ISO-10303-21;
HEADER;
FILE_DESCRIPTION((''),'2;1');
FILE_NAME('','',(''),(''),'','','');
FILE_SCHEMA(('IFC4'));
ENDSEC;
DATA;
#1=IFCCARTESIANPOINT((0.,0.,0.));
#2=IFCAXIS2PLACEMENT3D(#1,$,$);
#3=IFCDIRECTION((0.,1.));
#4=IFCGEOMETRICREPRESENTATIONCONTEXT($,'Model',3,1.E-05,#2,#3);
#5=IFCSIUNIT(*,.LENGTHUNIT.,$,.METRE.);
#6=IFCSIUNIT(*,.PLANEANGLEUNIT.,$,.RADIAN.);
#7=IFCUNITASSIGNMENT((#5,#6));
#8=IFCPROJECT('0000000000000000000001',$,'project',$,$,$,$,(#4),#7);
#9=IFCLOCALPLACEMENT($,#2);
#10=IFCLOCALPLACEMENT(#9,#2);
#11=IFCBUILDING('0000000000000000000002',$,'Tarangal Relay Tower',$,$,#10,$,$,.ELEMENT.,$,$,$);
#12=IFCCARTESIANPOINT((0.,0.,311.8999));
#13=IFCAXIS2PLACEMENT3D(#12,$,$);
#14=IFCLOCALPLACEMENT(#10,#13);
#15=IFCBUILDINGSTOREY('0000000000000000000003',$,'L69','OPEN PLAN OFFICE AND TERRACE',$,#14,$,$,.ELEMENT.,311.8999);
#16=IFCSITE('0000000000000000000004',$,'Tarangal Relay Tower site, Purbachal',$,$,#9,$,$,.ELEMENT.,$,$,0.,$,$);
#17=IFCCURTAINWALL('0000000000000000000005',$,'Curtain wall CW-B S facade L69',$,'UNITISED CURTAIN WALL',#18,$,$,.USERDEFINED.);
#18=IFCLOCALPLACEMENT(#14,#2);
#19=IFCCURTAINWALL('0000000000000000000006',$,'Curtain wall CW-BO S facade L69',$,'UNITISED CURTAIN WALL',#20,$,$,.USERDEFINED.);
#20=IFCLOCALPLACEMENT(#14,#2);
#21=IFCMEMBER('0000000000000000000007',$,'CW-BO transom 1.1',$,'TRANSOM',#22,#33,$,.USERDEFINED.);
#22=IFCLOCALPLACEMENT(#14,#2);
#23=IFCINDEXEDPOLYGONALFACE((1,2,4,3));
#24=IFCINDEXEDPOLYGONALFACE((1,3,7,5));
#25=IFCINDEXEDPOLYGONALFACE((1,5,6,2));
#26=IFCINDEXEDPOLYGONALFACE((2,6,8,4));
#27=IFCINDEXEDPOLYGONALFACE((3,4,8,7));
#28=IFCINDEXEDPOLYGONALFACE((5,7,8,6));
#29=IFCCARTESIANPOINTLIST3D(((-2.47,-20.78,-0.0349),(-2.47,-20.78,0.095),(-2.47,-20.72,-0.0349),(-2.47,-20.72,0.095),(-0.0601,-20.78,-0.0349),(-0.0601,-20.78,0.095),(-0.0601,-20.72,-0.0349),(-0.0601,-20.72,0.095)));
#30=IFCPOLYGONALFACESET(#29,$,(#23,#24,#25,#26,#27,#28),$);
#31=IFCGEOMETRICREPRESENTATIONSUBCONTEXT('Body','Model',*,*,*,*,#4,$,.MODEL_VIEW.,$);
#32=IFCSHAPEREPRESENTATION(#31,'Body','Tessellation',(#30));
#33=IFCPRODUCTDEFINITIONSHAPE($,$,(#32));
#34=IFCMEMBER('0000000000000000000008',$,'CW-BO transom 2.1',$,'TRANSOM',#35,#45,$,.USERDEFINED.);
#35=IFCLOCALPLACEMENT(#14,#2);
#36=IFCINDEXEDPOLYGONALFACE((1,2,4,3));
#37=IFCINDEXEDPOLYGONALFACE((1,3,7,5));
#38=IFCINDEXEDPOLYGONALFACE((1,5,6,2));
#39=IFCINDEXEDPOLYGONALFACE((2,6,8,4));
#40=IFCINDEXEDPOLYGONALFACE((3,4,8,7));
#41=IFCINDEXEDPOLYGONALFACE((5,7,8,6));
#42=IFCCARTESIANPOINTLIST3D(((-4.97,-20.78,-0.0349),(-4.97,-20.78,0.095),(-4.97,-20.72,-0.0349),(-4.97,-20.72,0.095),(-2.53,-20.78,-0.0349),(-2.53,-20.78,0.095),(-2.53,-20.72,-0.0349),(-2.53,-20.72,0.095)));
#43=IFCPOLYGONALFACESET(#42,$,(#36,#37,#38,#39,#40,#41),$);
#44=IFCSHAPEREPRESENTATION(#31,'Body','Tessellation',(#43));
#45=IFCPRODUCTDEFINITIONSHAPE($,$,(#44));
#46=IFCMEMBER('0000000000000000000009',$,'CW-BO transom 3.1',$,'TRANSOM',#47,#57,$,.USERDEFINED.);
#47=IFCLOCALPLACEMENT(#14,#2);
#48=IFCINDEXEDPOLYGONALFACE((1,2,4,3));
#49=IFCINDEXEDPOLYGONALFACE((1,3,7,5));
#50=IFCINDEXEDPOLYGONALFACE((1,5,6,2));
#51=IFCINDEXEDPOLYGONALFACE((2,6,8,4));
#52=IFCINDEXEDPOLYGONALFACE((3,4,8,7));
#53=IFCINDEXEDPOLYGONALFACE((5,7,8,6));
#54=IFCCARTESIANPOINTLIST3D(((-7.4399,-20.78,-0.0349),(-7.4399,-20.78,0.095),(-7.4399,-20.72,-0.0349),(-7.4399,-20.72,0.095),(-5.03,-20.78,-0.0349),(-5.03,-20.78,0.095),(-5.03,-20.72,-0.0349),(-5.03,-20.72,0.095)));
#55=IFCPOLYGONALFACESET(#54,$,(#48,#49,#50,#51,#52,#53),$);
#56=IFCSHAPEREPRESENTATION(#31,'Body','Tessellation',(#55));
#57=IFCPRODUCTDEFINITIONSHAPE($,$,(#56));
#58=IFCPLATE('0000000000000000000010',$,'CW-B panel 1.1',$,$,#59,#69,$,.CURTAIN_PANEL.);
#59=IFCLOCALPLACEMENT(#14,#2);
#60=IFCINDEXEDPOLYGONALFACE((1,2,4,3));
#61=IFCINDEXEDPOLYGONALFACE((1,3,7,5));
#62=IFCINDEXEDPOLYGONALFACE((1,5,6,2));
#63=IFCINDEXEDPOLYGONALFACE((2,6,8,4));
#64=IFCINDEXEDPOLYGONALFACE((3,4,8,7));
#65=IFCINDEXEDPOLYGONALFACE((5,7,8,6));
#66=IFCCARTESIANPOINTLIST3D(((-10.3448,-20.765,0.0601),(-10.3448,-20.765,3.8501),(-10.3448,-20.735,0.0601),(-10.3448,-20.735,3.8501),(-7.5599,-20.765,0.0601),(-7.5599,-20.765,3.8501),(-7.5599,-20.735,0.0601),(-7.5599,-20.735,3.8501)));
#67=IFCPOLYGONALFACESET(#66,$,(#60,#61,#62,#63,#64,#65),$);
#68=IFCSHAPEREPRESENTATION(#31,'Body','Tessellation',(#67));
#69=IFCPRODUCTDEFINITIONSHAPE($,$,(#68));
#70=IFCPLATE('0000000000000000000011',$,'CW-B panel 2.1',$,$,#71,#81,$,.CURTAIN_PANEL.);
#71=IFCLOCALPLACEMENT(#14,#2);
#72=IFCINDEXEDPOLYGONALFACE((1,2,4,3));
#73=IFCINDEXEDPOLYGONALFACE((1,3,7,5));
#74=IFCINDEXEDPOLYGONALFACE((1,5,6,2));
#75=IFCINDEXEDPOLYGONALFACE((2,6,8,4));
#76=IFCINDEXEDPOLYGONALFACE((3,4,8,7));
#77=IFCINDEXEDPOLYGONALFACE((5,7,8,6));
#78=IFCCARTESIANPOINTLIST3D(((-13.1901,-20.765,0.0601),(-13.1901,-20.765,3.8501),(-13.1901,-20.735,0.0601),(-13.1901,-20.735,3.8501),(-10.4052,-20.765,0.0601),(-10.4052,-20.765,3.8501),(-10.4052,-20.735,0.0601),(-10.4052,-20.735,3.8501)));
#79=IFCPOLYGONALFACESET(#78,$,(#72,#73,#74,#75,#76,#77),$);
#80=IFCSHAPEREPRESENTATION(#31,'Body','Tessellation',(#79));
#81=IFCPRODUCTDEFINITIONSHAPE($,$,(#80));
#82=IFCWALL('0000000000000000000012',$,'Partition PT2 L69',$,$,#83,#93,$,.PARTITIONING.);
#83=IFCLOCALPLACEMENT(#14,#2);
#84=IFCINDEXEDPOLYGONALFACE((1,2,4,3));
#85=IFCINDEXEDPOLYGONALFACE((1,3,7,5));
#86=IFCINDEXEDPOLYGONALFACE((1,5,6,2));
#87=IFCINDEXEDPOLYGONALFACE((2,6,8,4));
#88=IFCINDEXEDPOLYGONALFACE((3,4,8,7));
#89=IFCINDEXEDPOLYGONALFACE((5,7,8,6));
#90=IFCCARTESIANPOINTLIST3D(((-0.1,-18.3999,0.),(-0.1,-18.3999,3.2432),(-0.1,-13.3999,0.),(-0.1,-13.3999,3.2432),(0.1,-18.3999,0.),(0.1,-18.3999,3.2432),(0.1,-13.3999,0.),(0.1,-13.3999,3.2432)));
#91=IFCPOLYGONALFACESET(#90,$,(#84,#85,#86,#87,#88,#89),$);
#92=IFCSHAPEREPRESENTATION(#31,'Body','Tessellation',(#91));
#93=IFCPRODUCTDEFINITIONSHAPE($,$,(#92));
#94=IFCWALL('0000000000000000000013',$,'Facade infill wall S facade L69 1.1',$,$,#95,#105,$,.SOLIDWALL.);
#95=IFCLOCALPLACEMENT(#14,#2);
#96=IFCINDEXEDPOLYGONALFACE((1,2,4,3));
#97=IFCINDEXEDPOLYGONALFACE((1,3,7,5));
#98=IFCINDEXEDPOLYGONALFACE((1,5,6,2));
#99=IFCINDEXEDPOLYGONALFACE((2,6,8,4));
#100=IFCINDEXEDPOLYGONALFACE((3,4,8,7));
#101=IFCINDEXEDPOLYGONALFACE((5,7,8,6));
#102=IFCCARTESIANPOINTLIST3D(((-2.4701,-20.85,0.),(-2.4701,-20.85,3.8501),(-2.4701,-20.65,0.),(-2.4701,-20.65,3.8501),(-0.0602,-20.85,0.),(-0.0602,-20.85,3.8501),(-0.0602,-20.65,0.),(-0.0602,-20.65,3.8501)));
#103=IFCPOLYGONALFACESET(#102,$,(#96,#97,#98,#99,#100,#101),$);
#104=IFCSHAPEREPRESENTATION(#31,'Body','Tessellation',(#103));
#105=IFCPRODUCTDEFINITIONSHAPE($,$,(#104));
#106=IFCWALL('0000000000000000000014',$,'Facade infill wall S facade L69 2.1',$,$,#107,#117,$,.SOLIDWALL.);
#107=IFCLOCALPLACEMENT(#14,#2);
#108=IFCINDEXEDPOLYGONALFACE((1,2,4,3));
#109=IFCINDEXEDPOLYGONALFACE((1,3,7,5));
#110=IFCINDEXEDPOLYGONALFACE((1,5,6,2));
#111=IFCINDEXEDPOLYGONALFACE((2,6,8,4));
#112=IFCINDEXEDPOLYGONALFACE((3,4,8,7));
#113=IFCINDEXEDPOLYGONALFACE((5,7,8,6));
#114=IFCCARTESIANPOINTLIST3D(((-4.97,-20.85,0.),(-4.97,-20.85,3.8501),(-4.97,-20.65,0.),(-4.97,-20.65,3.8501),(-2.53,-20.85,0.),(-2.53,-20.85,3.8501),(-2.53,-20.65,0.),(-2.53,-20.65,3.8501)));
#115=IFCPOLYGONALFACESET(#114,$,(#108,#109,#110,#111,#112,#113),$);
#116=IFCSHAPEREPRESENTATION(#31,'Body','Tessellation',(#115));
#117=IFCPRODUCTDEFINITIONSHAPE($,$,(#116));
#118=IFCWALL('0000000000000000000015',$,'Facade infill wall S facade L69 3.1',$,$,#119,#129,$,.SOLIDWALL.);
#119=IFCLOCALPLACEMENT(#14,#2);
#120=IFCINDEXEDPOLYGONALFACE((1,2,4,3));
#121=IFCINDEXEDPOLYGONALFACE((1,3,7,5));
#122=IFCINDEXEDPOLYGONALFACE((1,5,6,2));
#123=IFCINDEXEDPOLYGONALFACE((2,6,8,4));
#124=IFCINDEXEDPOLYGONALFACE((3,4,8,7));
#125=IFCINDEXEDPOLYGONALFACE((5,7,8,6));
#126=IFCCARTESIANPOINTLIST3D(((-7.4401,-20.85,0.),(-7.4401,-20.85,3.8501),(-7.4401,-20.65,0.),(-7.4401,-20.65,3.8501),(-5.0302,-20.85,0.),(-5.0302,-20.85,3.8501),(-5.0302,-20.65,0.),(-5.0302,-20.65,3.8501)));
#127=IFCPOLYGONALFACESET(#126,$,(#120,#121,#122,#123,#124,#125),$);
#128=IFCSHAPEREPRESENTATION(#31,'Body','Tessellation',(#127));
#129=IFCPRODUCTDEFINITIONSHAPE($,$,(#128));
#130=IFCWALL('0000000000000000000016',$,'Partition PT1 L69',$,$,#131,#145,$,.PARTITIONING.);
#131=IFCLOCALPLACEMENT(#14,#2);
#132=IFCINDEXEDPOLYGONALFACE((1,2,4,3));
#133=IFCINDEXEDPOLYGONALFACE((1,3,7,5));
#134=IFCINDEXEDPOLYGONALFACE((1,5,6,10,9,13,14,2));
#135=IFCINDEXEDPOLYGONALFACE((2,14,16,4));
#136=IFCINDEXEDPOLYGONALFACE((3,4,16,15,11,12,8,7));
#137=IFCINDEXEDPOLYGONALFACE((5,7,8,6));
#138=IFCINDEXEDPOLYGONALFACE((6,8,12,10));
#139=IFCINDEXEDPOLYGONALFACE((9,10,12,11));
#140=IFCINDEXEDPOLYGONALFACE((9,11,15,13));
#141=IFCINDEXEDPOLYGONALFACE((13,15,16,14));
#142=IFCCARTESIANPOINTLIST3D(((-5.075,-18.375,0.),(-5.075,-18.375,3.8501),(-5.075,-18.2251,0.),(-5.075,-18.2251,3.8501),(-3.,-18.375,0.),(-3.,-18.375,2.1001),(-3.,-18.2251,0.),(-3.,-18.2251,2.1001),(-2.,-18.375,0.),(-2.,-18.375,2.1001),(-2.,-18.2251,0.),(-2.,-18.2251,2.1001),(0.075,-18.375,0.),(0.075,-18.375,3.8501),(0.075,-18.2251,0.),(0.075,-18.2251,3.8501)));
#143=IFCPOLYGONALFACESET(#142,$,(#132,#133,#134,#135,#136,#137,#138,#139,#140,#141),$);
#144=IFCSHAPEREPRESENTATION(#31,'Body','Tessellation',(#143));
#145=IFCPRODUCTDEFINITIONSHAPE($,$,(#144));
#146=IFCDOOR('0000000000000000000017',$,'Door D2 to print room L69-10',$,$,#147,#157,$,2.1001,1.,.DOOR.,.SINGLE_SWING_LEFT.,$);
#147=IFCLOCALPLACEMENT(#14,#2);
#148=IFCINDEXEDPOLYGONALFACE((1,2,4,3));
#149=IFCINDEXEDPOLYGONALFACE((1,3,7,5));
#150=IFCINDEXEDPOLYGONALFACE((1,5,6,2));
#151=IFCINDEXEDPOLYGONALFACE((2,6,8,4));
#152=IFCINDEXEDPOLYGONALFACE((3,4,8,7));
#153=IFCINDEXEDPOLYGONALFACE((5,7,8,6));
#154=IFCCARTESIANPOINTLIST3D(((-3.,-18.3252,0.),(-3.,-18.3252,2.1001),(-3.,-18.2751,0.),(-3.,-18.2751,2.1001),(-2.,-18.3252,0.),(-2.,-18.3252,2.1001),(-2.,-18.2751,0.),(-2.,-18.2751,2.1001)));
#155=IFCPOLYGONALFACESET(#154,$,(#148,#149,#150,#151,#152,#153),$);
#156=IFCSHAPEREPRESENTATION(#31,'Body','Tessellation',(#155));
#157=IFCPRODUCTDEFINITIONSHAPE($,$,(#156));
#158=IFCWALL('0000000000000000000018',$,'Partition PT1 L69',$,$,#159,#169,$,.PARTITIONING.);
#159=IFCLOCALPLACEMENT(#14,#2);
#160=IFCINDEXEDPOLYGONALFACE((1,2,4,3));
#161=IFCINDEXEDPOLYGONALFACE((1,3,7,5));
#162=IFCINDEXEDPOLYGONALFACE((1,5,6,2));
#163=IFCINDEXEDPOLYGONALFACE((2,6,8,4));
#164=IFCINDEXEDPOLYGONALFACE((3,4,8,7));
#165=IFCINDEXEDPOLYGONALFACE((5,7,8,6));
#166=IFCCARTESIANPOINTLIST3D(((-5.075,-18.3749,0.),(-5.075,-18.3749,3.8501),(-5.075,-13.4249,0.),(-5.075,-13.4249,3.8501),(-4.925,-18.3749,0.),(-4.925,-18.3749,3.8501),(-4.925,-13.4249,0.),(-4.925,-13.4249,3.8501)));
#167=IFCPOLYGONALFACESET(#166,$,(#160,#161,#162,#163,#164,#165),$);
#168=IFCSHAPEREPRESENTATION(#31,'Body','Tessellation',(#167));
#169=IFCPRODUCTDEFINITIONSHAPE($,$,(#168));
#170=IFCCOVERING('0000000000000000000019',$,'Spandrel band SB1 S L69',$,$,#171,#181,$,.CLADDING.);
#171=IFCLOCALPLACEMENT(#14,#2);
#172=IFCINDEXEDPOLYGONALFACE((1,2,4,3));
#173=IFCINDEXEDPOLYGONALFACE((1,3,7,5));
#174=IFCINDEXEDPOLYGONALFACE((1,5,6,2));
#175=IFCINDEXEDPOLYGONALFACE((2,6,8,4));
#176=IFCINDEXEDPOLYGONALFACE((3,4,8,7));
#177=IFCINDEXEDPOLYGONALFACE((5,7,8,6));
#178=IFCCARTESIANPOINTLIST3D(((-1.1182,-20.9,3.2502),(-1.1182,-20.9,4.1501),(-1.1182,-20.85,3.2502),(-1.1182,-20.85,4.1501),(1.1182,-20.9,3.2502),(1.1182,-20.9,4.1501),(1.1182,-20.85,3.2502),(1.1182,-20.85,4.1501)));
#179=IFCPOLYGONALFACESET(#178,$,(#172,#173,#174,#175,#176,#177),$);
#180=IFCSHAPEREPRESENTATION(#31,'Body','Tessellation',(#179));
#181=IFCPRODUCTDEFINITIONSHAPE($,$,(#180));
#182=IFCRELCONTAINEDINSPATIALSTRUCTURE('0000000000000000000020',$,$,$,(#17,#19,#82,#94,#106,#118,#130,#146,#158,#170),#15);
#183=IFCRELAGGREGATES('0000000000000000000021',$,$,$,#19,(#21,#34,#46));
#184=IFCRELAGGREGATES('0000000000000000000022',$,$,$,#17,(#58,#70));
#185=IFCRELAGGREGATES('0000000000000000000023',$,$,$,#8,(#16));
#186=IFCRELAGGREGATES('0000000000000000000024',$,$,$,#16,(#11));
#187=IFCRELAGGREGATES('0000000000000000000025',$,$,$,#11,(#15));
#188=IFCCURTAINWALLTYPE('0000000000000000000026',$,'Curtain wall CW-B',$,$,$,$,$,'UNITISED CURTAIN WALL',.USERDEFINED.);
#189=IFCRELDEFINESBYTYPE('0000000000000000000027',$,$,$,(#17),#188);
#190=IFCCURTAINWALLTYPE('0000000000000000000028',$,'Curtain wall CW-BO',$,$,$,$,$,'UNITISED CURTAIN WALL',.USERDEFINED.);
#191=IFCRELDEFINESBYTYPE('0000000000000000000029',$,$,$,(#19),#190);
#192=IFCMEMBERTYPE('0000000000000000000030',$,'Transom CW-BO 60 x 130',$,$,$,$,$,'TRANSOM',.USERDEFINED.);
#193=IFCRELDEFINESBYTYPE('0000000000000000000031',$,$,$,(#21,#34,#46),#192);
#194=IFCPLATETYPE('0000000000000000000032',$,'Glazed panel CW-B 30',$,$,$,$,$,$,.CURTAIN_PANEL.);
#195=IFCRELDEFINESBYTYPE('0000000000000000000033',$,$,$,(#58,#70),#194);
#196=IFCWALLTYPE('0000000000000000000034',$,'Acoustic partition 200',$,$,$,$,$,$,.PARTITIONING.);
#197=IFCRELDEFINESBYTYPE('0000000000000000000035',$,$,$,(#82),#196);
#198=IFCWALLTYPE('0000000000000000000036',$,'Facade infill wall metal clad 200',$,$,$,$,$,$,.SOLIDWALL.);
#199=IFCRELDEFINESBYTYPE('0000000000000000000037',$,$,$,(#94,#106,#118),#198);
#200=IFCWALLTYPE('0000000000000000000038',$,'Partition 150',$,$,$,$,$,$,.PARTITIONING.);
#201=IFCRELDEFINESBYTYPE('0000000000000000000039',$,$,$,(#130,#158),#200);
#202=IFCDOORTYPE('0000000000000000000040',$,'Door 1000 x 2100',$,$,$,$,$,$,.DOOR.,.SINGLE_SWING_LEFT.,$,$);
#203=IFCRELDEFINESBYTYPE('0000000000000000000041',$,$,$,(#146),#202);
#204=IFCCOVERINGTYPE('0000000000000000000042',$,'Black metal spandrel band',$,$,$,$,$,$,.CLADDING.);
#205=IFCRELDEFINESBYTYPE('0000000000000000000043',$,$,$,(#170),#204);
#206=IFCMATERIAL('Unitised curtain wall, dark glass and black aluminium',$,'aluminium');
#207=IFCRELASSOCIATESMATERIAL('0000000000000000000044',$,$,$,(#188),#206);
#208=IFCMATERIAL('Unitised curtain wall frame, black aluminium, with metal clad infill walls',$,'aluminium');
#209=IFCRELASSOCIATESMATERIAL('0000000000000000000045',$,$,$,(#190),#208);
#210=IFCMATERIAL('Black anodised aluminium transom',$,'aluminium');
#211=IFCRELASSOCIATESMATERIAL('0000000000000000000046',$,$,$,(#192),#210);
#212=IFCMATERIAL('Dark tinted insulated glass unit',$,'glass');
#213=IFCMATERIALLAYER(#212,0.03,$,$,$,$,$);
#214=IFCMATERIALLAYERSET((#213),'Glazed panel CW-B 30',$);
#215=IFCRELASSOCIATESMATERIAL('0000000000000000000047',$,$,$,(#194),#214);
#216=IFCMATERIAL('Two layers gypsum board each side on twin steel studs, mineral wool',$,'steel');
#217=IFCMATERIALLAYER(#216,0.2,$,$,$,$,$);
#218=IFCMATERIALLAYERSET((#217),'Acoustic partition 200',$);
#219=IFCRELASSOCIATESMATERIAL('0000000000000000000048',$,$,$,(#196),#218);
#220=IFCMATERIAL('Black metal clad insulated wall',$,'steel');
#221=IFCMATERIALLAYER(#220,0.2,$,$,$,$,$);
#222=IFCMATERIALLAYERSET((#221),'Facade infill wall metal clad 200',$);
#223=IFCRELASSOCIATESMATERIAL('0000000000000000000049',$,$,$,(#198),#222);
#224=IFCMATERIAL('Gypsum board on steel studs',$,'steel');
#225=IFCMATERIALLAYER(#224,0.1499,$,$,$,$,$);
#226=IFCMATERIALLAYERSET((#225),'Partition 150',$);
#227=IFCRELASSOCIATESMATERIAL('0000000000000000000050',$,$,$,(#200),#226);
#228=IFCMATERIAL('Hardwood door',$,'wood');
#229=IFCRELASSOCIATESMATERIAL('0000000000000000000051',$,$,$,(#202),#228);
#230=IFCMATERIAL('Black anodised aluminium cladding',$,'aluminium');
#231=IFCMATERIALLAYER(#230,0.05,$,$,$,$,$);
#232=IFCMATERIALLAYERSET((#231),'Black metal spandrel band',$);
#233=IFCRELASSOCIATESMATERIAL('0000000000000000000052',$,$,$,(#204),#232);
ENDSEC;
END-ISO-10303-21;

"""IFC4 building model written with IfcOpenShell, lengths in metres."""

from ifc_helpers import new_model, si_unit, direction, frame, frame_2d, origin, origin_2d, place, context, subcontext, project, spatial, rectangle, extrude, material, layer, layer_set, material_profile, profile_set, type_object, element, fill, aggregate, save


model = new_model("IFC4")

# Units and contexts
model_context = context("Model", 3, precision=1e-05, world=origin(), true_north=direction((0.0, 1.0)))
body_context = subcontext(model_context, "Body", "Model", "MODEL_VIEW")
ifc_project = project(units=[si_unit("LENGTHUNIT", "METRE"), si_unit("PLANEANGLEUNIT", "RADIAN")], contexts=[model_context])

# Site, building, storey
site_placement = place(None, origin())
site = spatial("IfcSite", under=ifc_project, at=site_placement, Name="Tarangal Relay Tower site, Purbachal", CompositionType="ELEMENT", RefElevation=0.0)
building_placement = place(site_placement, origin())
building = spatial("IfcBuilding", under=site, at=building_placement, Name="Tarangal Relay Tower", CompositionType="ELEMENT")
storey_placement = place(building_placement, frame((0.0, 0.0, 311.8999)))
storey = spatial("IfcBuildingStorey", under=building, at=storey_placement, Name="L69", Description="OPEN PLAN OFFICE AND TERRACE", CompositionType="ELEMENT", Elevation=311.8999)

# Curtain walls
ifc_material_1 = material(Name="Unitised curtain wall, dark glass and black aluminium", Category="aluminium")
curtain_wall_type_1 = type_object("IfcCurtainWallType", Name="Curtain wall CW-B", ElementType="UNITISED CURTAIN WALL", PredefinedType="USERDEFINED", material=ifc_material_1)
curtain_wall_1_placement = place(storey_placement, origin())
curtain_wall_1 = element("IfcCurtainWall", 1, at=curtain_wall_1_placement, inside=storey, type_object=curtain_wall_type_1, Name="Curtain wall CW-B S facade L69", ObjectType="UNITISED CURTAIN WALL", PredefinedType="USERDEFINED")
ifc_material_2 = material(Name="Unitised curtain wall frame, black aluminium, with metal clad infill walls", Category="aluminium")
curtain_wall_type_2 = type_object("IfcCurtainWallType", Name="Curtain wall CW-BO", ElementType="UNITISED CURTAIN WALL", PredefinedType="USERDEFINED", material=ifc_material_2)
curtain_wall_2_placement = place(storey_placement, origin())
curtain_wall_2 = element("IfcCurtainWall", 2, at=curtain_wall_2_placement, inside=storey, type_object=curtain_wall_type_2, Name="Curtain wall CW-BO S facade L69", ObjectType="UNITISED CURTAIN WALL", PredefinedType="USERDEFINED")

# Members
ifc_material_3 = material(Name="Black anodised aluminium transom", Category="aluminium")
ifc_material_profile_1 = material_profile(ifc_material_3, rectangle(XDim=0.0601, YDim=0.1299, at=origin_2d()), Name="CW-BOT 60X130")
ifc_profile_set_1 = profile_set([ifc_material_profile_1], Name="Black anodised aluminium transom")
member_type_1 = type_object("IfcMemberType", Name="Transom CW-BO 60 x 130", ElementType="TRANSOM", PredefinedType="USERDEFINED", material=ifc_profile_set_1)
member_1_placement = place(storey_placement, frame((-0.0601, -20.75, 0.03), z_axis=(-1.0, 0.0, 0.0), x_axis=(0.0, -1.0, 0.0)))
member_1 = element("IfcMember", 3, at=member_1_placement, type_object=member_type_1, Name="CW-BO transom 1.1", ObjectType="TRANSOM", PredefinedType="USERDEFINED", context=body_context, shape_type="SweptSolid", body=[
    extrude(rectangle(XDim=0.0601, YDim=0.1299, at=origin_2d()), origin(), (0.0, 0.0, 1.0), 2.4099),
])
member_2_placement = place(storey_placement, frame((-2.53, -20.75, 0.03), z_axis=(-1.0, 0.0, 0.0), x_axis=(0.0, -1.0, 0.0)))
member_2 = element("IfcMember", 4, at=member_2_placement, type_object=member_type_1, Name="CW-BO transom 2.1", ObjectType="TRANSOM", PredefinedType="USERDEFINED", context=body_context, shape_type="SweptSolid", body=[
    extrude(rectangle(XDim=0.0601, YDim=0.1299, at=origin_2d()), origin(), (0.0, 0.0, 1.0), 2.4399),
])
member_3_placement = place(storey_placement, frame((-5.03, -20.75, 0.03), z_axis=(-1.0, 0.0, 0.0), x_axis=(0.0, -1.0, 0.0)))
member_3 = element("IfcMember", 5, at=member_3_placement, type_object=member_type_1, Name="CW-BO transom 3.1", ObjectType="TRANSOM", PredefinedType="USERDEFINED", context=body_context, shape_type="SweptSolid", body=[
    extrude(rectangle(XDim=0.0601, YDim=0.1299, at=origin_2d()), origin(), (0.0, 0.0, 1.0), 2.4099),
])
aggregate(curtain_wall_2, [member_1, member_2, member_3])

# Plates
ifc_material_4 = material(Name="Dark tinted insulated glass unit", Category="glass")
ifc_layer_1 = layer(ifc_material_4, 0.03)
ifc_layer_set_1 = layer_set([ifc_layer_1], Name="Glazed panel CW-B 30")
plate_type = type_object("IfcPlateType", Name="Glazed panel CW-B 30", PredefinedType="CURTAIN_PANEL", material=ifc_layer_set_1)
plate_1_placement = place(storey_placement, frame((-8.9524, -20.75, 0.0601), z_axis=(0.0, 0.0, 1.0), x_axis=(-1.0, 0.0, 0.0)))
plate_1 = element("IfcPlate", 6, at=plate_1_placement, type_object=plate_type, Name="CW-B panel 1.1", PredefinedType="CURTAIN_PANEL", context=body_context, shape_type="SweptSolid", body=[
    extrude(rectangle(XDim=2.7849, YDim=0.03, at=origin_2d()), origin(), (0.0, 0.0, 1.0), 3.79),
])
plate_2_placement = place(storey_placement, frame((-11.7976, -20.75, 0.0601), z_axis=(0.0, 0.0, 1.0), x_axis=(-1.0, 0.0, 0.0)))
plate_2 = element("IfcPlate", 7, at=plate_2_placement, type_object=plate_type, Name="CW-B panel 2.1", PredefinedType="CURTAIN_PANEL", context=body_context, shape_type="SweptSolid", body=[
    extrude(rectangle(XDim=2.7849, YDim=0.03, at=origin_2d()), origin(), (0.0, 0.0, 1.0), 3.79),
])
aggregate(curtain_wall_1, [plate_1, plate_2])

# Walls
ifc_material_5 = material(Name="Two layers gypsum board each side on twin steel studs, mineral wool", Category="steel")
ifc_layer_2 = layer(ifc_material_5, 0.2)
ifc_layer_set_2 = layer_set([ifc_layer_2], Name="Acoustic partition 200")
wall_type_1 = type_object("IfcWallType", Name="Acoustic partition 200", PredefinedType="PARTITIONING", material=ifc_layer_set_2)
wall_1_placement = place(storey_placement, frame((0.0, -18.3999, 0.0), z_axis=(0.0, 0.0, 1.0), x_axis=(0.0, 1.0, 0.0)))
element("IfcWall", 8, at=wall_1_placement, inside=storey, type_object=wall_type_1, Name="Partition PT2 L69", PredefinedType="PARTITIONING", context=body_context, shape_type="SweptSolid", body=[
    extrude(rectangle(XDim=5.0, YDim=0.2, at=frame_2d((2.5, 0.0))), origin(), (0.0, 0.0, 1.0), 3.2432),
])
ifc_material_6 = material(Name="Black metal clad insulated wall", Category="steel")
ifc_layer_3 = layer(ifc_material_6, 0.2)
ifc_layer_set_3 = layer_set([ifc_layer_3], Name="Facade infill wall metal clad 200")
wall_type_2 = type_object("IfcWallType", Name="Facade infill wall metal clad 200", PredefinedType="SOLIDWALL", material=ifc_layer_set_3)
wall_2_placement = place(storey_placement, frame((-0.0601, -20.75, 0.0), z_axis=(0.0, 0.0, 1.0), x_axis=(-1.0, 0.0, 0.0)))
element("IfcWall", 9, at=wall_2_placement, inside=storey, type_object=wall_type_2, Name="Facade infill wall S facade L69 1.1", PredefinedType="SOLIDWALL", context=body_context, shape_type="SweptSolid", body=[
    extrude(rectangle(XDim=2.4099, YDim=0.2, at=frame_2d((1.2051, 0.0))), origin(), (0.0, 0.0, 1.0), 3.8501),
])
wall_3_placement = place(storey_placement, frame((-2.53, -20.75, 0.0), z_axis=(0.0, 0.0, 1.0), x_axis=(-1.0, 0.0, 0.0)))
element("IfcWall", 10, at=wall_3_placement, inside=storey, type_object=wall_type_2, Name="Facade infill wall S facade L69 2.1", PredefinedType="SOLIDWALL", context=body_context, shape_type="SweptSolid", body=[
    extrude(rectangle(XDim=2.4399, YDim=0.2, at=frame_2d((1.22, 0.0))), origin(), (0.0, 0.0, 1.0), 3.8501),
])
wall_4_placement = place(storey_placement, frame((-5.03, -20.75, 0.0), z_axis=(0.0, 0.0, 1.0), x_axis=(-1.0, 0.0, 0.0)))
element("IfcWall", 11, at=wall_4_placement, inside=storey, type_object=wall_type_2, Name="Facade infill wall S facade L69 3.1", PredefinedType="SOLIDWALL", context=body_context, shape_type="SweptSolid", body=[
    extrude(rectangle(XDim=2.4099, YDim=0.2, at=frame_2d((1.2051, 0.0))), origin(), (0.0, 0.0, 1.0), 3.8501),
])

# Wall, opening, door
ifc_material_7 = material(Name="Gypsum board on steel studs", Category="steel")
ifc_layer_4 = layer(ifc_material_7, 0.1499)
ifc_layer_set_4 = layer_set([ifc_layer_4], Name="Partition 150")
wall_type_3 = type_object("IfcWallType", Name="Partition 150", PredefinedType="PARTITIONING", material=ifc_layer_set_4)
wall_5_placement = place(storey_placement, frame((-5.075, -18.3, 0.0), z_axis=(0.0, 0.0, 1.0), x_axis=(1.0, 0.0, 0.0)))
wall_5 = element("IfcWall", 12, at=wall_5_placement, inside=storey, type_object=wall_type_3, Name="Partition PT1 L69", PredefinedType="PARTITIONING", context=body_context, shape_type="SweptSolid", body=[
    extrude(rectangle(XDim=5.1499, YDim=0.1499, at=frame_2d((2.575, 0.0))), origin(), (0.0, 0.0, 1.0), 3.8501),
])
opening_placement = place(wall_5_placement, frame((2.075, 0.0, 0.0)))
opening = element("IfcOpeningElement", 13, at=opening_placement, cuts=wall_5, PredefinedType="OPENING", context=body_context, shape_type="SweptSolid", body=[
    extrude(rectangle(XDim=1.0, YDim=2.1001, at=frame_2d((0.5, 1.05))), frame((0.0, 0.085, 0.0), z_axis=(0.0, -1.0, 0.0), x_axis=(1.0, 0.0, 0.0)), (0.0, 0.0, 1.0), 0.1699),
])
ifc_material_8 = material(Name="Hardwood door", Category="wood")
door_type = type_object("IfcDoorType", Name="Door 1000 x 2100", OperationType="SINGLE_SWING_LEFT", PredefinedType="DOOR", material=ifc_material_8)
door_placement = place(opening_placement, origin())
door = element("IfcDoor", 14, at=door_placement, inside=storey, type_object=door_type, Name="Door D2 to print room L69-10", OperationType="SINGLE_SWING_LEFT", OverallHeight=2.1001, OverallWidth=1.0, PredefinedType="DOOR", context=body_context, shape_type="SweptSolid", body=[
    extrude(rectangle(XDim=1.0, YDim=2.1001, at=frame_2d((0.5, 1.05))), frame((0.0, 0.0249, 0.0), z_axis=(0.0, -1.0, 0.0), x_axis=(1.0, 0.0, 0.0)), (0.0, 0.0, 1.0), 0.05),
])
fill(opening, door)

# Wall
wall_6_placement = place(storey_placement, frame((-5.0, -18.375, 0.0), z_axis=(0.0, 0.0, 1.0), x_axis=(0.0, 1.0, 0.0)))
element("IfcWall", 15, at=wall_6_placement, inside=storey, type_object=wall_type_3, Name="Partition PT1 L69", PredefinedType="PARTITIONING", context=body_context, shape_type="SweptSolid", body=[
    extrude(rectangle(XDim=4.95, YDim=0.1499, at=frame_2d((2.4751, 0.0))), origin(), (0.0, 0.0, 1.0), 3.8501),
])

# Covering
ifc_material_9 = material(Name="Black anodised aluminium cladding", Category="aluminium")
ifc_layer_5 = layer(ifc_material_9, 0.05)
ifc_layer_set_5 = layer_set([ifc_layer_5], Name="Black metal spandrel band")
covering_type = type_object("IfcCoveringType", Name="Black metal spandrel band", PredefinedType="CLADDING", material=ifc_layer_set_5)
covering_1_placement = place(storey_placement, frame((0.0, -20.875, 3.2502), z_axis=(0.0, 0.0, 1.0), x_axis=(-1.0, 0.0, 0.0)))
element("IfcCovering", 16, at=covering_1_placement, inside=storey, type_object=covering_type, Name="Spandrel band SB1 S L69", PredefinedType="CLADDING", context=body_context, shape_type="SweptSolid", body=[
    extrude(rectangle(XDim=2.2363, YDim=0.05, at=origin_2d()), origin(), (0.0, 0.0, 1.0), 0.8999),
])

save(model, "model.ifc")
